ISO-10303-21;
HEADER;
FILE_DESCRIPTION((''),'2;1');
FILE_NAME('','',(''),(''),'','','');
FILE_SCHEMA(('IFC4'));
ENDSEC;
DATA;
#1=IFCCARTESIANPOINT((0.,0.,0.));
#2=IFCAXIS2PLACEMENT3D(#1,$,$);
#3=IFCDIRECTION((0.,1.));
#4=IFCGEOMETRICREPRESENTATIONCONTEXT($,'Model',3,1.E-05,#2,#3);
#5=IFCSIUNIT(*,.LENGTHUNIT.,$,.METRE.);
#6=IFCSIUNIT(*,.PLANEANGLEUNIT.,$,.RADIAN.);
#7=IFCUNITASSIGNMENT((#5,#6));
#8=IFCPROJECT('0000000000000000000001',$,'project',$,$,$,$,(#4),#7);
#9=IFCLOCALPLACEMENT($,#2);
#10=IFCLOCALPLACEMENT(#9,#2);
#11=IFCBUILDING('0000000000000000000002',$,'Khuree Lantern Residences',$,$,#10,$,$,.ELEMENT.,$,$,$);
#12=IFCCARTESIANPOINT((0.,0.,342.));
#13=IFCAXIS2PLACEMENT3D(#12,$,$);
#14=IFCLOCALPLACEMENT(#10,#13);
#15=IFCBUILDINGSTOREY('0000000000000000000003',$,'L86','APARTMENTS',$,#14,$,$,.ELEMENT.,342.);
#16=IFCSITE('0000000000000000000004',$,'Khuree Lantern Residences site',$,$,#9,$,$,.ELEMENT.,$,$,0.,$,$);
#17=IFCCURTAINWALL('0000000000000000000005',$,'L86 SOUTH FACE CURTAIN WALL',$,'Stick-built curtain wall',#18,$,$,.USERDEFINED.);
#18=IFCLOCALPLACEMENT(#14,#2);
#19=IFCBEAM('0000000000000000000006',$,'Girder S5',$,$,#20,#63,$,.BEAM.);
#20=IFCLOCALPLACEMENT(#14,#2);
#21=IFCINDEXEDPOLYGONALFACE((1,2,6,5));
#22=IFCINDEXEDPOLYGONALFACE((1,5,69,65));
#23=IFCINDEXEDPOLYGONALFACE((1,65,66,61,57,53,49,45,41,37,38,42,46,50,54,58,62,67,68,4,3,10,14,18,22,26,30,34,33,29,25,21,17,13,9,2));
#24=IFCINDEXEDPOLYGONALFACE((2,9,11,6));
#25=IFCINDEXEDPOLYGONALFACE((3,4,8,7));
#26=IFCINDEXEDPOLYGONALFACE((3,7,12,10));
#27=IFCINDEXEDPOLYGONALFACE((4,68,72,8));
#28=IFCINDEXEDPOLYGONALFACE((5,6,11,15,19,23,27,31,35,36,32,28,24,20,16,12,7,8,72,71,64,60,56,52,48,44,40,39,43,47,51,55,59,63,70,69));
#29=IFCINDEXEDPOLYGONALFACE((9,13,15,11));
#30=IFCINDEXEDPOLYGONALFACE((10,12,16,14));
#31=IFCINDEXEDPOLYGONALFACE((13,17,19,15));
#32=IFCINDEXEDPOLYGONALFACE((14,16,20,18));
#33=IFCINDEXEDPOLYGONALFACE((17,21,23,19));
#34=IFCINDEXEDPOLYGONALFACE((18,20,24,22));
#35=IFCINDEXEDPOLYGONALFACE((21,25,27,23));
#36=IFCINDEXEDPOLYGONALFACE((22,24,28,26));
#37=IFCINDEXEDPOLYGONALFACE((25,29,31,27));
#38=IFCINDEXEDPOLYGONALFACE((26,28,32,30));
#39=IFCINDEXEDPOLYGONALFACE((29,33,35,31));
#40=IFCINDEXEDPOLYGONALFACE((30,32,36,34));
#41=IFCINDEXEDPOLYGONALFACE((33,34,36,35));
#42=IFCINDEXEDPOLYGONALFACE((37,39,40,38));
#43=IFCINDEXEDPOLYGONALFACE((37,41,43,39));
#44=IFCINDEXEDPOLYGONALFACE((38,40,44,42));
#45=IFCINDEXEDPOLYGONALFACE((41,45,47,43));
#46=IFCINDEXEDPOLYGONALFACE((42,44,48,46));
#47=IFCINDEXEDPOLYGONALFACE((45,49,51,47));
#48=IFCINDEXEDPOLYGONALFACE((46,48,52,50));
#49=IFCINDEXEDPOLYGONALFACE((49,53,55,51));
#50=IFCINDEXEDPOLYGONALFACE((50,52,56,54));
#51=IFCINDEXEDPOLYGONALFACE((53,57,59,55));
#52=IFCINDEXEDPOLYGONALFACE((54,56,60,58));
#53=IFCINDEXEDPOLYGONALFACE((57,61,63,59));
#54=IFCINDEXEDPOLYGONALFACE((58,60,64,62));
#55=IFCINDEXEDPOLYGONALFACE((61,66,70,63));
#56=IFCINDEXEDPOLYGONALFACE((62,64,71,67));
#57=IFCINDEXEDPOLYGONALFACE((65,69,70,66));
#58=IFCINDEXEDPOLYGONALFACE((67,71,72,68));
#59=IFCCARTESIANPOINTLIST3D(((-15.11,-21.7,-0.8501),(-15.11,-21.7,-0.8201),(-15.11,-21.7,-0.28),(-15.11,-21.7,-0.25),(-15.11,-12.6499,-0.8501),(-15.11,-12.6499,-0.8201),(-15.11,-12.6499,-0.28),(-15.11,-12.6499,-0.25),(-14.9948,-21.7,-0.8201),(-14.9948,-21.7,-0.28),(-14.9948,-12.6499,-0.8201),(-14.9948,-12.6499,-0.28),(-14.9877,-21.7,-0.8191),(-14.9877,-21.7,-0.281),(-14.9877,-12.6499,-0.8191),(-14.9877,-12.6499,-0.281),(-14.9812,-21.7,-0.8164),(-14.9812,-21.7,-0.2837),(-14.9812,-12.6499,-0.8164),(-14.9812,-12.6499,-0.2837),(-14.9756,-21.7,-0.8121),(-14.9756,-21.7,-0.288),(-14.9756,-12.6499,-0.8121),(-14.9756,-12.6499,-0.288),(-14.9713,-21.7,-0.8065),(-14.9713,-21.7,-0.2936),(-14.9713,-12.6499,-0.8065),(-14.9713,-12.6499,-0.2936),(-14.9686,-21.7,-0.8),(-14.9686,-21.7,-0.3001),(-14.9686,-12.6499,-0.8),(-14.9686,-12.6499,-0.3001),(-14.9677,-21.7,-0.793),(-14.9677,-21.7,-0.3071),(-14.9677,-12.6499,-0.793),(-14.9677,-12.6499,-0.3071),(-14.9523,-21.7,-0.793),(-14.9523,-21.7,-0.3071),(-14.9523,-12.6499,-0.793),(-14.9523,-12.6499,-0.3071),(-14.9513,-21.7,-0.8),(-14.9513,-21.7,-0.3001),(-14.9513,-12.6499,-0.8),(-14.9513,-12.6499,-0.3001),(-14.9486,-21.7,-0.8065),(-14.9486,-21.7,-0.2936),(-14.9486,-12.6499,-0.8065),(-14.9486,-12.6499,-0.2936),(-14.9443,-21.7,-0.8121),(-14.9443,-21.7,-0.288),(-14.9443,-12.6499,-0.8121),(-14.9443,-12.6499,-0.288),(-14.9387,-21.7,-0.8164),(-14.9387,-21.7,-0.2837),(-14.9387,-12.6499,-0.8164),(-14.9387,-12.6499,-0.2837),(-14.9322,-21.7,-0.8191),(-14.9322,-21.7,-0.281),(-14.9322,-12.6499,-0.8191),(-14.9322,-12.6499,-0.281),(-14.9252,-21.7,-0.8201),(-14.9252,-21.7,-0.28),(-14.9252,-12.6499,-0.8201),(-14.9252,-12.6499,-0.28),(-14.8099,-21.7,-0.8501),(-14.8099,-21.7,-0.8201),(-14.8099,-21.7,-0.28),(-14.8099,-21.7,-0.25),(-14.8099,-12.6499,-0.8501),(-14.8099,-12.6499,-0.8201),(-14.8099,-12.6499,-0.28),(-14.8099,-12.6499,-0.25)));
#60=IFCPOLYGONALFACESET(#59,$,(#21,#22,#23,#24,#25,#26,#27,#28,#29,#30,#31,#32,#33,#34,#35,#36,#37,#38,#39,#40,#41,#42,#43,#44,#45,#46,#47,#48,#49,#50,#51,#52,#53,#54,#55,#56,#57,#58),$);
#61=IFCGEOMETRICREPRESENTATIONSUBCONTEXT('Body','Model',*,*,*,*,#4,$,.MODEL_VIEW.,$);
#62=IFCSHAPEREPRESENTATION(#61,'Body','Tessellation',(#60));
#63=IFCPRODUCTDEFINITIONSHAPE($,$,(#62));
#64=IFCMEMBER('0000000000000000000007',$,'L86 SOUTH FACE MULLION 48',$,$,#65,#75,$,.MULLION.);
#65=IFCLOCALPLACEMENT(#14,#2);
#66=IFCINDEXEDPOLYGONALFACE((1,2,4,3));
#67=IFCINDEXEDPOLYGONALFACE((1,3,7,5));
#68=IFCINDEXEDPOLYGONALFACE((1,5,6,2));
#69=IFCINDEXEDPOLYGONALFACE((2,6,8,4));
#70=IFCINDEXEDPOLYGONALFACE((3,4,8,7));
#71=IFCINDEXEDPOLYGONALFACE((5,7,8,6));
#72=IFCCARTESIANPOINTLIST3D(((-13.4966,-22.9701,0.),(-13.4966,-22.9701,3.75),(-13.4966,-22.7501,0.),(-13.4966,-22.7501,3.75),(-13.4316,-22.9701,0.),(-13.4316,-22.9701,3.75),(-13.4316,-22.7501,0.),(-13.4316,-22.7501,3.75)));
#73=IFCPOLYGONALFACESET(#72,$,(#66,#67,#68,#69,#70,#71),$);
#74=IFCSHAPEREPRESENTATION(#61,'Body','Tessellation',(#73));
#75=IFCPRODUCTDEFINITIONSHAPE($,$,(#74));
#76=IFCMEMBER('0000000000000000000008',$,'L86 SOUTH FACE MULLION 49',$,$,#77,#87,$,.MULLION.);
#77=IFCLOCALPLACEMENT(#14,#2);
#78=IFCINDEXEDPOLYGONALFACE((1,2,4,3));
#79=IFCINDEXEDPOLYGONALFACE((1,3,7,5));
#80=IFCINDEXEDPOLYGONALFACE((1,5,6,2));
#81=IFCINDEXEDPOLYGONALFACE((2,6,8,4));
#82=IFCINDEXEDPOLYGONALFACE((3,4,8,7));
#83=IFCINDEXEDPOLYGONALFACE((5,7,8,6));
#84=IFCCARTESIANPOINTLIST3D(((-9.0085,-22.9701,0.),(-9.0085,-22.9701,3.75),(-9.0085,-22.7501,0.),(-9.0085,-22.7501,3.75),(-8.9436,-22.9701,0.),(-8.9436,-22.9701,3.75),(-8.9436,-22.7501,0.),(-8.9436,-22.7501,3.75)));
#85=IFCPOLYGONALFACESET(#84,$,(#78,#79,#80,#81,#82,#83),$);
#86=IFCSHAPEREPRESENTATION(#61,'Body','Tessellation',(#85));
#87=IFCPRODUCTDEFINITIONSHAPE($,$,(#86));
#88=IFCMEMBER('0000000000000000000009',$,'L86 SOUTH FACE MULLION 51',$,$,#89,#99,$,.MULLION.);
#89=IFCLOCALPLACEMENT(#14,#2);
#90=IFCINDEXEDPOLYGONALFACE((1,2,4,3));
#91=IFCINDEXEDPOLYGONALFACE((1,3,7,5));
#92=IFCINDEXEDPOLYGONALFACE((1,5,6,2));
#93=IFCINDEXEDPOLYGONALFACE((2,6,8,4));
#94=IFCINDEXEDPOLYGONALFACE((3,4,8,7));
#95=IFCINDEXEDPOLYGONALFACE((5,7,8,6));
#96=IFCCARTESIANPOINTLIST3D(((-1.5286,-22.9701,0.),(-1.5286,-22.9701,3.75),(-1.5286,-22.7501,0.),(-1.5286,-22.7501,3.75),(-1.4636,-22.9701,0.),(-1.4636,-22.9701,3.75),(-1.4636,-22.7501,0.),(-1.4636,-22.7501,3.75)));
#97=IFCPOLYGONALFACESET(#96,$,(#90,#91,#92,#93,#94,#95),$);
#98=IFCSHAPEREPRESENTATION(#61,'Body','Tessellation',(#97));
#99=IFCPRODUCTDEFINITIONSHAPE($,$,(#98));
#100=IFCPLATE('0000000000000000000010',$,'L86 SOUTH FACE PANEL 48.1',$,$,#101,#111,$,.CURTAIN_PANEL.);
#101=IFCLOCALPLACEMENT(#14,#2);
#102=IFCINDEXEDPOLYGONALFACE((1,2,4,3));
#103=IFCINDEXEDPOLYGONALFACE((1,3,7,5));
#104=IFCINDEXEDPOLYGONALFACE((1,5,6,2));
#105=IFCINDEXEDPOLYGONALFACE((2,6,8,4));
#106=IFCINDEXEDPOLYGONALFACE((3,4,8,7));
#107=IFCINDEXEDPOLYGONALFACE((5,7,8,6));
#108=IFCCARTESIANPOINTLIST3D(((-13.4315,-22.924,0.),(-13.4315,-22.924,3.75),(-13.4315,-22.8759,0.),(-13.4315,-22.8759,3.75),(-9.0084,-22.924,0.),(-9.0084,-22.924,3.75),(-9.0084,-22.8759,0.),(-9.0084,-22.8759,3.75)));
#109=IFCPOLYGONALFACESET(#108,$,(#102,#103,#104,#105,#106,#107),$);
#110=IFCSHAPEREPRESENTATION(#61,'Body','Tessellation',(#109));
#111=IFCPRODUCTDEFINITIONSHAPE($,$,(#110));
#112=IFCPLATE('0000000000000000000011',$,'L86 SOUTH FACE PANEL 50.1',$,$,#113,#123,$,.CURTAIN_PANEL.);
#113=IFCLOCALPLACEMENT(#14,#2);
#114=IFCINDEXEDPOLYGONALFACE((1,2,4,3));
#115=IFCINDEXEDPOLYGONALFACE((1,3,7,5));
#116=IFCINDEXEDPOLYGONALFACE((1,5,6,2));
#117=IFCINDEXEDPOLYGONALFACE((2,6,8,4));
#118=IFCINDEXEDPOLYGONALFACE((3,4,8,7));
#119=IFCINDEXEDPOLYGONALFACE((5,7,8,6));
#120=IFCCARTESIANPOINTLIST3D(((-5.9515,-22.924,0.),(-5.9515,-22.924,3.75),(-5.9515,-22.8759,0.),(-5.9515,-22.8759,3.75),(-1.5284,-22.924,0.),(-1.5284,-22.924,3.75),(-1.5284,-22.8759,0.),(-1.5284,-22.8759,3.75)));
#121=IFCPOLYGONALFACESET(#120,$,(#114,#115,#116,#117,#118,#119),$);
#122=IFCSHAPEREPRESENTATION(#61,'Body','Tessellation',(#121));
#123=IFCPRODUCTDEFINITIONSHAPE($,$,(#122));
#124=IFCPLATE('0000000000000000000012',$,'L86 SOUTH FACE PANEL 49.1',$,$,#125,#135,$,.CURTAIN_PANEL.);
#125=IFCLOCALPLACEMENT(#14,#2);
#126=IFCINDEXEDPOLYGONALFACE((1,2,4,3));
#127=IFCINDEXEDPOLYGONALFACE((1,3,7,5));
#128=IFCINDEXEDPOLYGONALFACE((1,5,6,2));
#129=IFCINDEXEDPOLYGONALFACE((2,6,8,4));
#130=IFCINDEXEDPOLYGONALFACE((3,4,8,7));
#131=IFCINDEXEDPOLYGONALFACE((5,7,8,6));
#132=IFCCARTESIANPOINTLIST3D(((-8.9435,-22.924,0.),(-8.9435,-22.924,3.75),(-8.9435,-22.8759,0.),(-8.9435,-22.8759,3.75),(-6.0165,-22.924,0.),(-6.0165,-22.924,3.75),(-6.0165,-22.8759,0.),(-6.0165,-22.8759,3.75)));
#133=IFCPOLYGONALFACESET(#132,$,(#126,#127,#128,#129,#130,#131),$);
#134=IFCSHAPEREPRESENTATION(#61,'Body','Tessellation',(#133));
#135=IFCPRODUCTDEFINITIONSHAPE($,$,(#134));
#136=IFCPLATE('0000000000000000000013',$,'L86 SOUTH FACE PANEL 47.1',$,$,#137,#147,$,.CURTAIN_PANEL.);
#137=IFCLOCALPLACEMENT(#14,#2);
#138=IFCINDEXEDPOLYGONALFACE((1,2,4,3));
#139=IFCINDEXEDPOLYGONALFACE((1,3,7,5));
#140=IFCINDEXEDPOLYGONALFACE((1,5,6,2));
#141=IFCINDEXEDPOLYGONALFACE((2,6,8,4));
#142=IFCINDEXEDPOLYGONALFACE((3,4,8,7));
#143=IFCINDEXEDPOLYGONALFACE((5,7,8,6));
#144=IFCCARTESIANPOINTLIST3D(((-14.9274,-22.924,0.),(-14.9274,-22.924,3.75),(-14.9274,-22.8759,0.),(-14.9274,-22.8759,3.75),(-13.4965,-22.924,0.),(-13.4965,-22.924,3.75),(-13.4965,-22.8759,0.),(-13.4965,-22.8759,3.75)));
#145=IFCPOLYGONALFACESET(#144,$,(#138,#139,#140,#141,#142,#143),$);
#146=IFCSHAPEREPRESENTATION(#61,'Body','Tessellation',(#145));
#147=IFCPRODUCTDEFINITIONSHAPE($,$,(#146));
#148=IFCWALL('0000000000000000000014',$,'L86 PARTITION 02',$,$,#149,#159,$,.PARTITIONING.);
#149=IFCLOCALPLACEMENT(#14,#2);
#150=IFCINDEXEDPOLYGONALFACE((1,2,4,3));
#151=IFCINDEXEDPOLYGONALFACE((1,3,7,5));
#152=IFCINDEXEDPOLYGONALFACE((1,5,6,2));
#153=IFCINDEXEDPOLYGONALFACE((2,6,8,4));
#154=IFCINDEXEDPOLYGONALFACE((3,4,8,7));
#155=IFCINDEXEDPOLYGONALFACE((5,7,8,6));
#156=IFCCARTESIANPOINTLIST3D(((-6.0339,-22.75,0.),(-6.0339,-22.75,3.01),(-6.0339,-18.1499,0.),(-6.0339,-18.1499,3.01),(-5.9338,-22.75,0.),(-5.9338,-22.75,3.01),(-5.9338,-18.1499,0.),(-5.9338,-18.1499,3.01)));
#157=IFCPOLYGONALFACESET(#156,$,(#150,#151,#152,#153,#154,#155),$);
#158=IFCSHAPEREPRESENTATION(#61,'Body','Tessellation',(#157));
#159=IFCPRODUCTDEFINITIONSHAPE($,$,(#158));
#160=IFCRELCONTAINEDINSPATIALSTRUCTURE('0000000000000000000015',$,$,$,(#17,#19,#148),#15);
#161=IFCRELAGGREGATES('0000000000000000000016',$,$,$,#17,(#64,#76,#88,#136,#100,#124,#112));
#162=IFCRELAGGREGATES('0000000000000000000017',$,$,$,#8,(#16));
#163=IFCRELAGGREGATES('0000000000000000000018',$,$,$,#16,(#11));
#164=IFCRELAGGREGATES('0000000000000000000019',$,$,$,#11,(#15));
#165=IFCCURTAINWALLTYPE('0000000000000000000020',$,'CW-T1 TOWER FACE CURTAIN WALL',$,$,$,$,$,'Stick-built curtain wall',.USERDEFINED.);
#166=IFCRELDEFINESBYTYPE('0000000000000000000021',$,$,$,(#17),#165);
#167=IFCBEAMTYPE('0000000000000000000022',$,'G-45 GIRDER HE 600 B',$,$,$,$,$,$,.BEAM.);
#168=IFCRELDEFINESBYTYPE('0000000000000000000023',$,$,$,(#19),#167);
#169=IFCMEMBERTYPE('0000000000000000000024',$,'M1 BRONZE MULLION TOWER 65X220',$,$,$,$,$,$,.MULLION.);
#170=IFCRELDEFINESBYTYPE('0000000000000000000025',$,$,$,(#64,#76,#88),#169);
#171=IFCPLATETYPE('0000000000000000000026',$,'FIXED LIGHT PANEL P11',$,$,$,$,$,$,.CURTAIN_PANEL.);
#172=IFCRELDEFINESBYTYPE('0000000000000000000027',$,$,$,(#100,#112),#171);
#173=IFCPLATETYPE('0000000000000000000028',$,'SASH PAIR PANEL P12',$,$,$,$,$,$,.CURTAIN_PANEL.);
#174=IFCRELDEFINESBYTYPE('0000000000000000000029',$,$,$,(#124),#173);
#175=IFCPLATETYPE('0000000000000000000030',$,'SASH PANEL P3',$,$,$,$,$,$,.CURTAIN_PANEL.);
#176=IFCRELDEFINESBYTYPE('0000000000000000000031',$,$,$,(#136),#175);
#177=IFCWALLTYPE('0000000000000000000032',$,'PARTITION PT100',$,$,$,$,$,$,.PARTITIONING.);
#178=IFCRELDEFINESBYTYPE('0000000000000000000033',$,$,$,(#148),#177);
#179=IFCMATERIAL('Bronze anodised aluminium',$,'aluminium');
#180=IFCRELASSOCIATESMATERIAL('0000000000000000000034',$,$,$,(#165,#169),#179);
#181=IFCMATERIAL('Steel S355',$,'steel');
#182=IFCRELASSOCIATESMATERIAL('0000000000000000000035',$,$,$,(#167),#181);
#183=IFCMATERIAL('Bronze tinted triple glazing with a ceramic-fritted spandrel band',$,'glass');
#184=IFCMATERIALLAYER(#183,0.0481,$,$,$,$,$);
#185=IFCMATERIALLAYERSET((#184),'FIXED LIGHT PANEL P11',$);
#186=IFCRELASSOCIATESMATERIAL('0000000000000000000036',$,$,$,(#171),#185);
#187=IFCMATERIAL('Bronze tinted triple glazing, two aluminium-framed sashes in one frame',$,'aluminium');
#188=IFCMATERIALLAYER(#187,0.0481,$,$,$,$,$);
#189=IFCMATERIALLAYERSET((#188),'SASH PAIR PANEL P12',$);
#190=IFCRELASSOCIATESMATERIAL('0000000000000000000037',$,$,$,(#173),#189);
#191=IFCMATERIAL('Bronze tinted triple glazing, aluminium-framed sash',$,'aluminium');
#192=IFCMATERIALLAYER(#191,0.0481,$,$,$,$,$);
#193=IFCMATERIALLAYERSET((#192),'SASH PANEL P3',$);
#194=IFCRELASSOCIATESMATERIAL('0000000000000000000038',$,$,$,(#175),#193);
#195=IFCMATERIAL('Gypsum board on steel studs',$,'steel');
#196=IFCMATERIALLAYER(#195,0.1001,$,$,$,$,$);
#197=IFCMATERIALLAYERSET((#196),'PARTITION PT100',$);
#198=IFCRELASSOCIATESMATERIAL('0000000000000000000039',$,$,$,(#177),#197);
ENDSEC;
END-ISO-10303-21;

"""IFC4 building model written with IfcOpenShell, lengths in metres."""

from ifc_helpers import new_model, si_unit, direction, frame, frame_2d, origin, origin_2d, place, context, subcontext, project, spatial, rectangle, i_section, extrude, material, layer, layer_set, material_profile, profile_set, type_object, element, aggregate, save


model = new_model("IFC4")

# Units and contexts
model_context = context("Model", 3, precision=1e-05, world=origin(), true_north=direction((0.0, 1.0)))
body_context = subcontext(model_context, "Body", "Model", "MODEL_VIEW")
ifc_project = project(units=[si_unit("LENGTHUNIT", "METRE"), si_unit("PLANEANGLEUNIT", "RADIAN")], contexts=[model_context])

# Site, building, storey
site_placement = place(None, origin())
site = spatial("IfcSite", under=ifc_project, at=site_placement, Name="Khuree Lantern Residences site", CompositionType="ELEMENT", RefElevation=0.0)
building_placement = place(site_placement, origin())
building = spatial("IfcBuilding", under=site, at=building_placement, Name="Khuree Lantern Residences", CompositionType="ELEMENT")
storey_placement = place(building_placement, frame((0.0, 0.0, 342.0)))
storey = spatial("IfcBuildingStorey", under=building, at=storey_placement, Name="L86", Description="APARTMENTS", CompositionType="ELEMENT", Elevation=342.0)

# Shared definitions
ifc_material_1 = material(Name="Steel S355", Category="steel")

# Curtain wall
ifc_material_2 = material(Name="Bronze anodised aluminium", Category="aluminium")
curtain_wall_type = type_object("IfcCurtainWallType", Name="CW-T1 TOWER FACE CURTAIN WALL", ElementType="Stick-built curtain wall", PredefinedType="USERDEFINED", material=ifc_material_2)
curtain_wall_placement = place(storey_placement, origin())
curtain_wall = element("IfcCurtainWall", 1, at=curtain_wall_placement, inside=storey, type_object=curtain_wall_type, Name="L86 SOUTH FACE CURTAIN WALL", ObjectType="Stick-built curtain wall", PredefinedType="USERDEFINED")

# Beam
ifc_material_profile_1 = material_profile(ifc_material_1, i_section(OverallWidth=0.3, OverallDepth=0.6001, WebThickness=0.0154, FlangeThickness=0.03, FilletRadius=0.0271, at=origin_2d()), Name="HE 600 B")
ifc_profile_set_1 = profile_set([ifc_material_profile_1], Name="Steel S355")
beam_type_1 = type_object("IfcBeamType", Name="G-45 GIRDER HE 600 B", PredefinedType="BEAM", material=ifc_profile_set_1)
for number, where, z_axis, x_axis, name in (
    (2, (-14.96, -21.7, -0.55), (0.0, 1.0, 0.0), (-1.0, 0.0, 0.0), "Girder S5"),
):
    element("IfcBeam", number, at=place(storey_placement, frame(where, z_axis=z_axis, x_axis=x_axis)), inside=storey, type_object=beam_type_1, Name=name, PredefinedType="BEAM", context=body_context, shape_type="SweptSolid", body=[
        extrude(i_section(OverallWidth=0.3, OverallDepth=0.6001, WebThickness=0.0154, FlangeThickness=0.03, FilletRadius=0.0271, at=origin_2d()), origin(), (0.0, 0.0, 1.0), 9.05),
    ])

# Members
ifc_material_profile_2 = material_profile(ifc_material_2, rectangle(XDim=0.0649, YDim=0.22, at=origin_2d()), Name="M1 65X220")
ifc_profile_set_2 = profile_set([ifc_material_profile_2], Name="Bronze anodised aluminium")
member_type_1 = type_object("IfcMemberType", Name="M1 BRONZE MULLION TOWER 65X220", PredefinedType="MULLION", material=ifc_profile_set_2)
member_1_placement = place(storey_placement, frame((-13.4641, -22.8601, 0.0), z_axis=(0.0, 0.0, 1.0), x_axis=(1.0, 0.0, 0.0)))
member_1 = element("IfcMember", 3, at=member_1_placement, type_object=member_type_1, Name="L86 SOUTH FACE MULLION 48", PredefinedType="MULLION", context=body_context, shape_type="SweptSolid", body=[
    extrude(rectangle(XDim=0.0649, YDim=0.22, at=origin_2d()), origin(), (0.0, 0.0, 1.0), 3.75),
])
member_2_placement = place(storey_placement, frame((-8.9761, -22.8601, 0.0), z_axis=(0.0, 0.0, 1.0), x_axis=(1.0, 0.0, 0.0)))
member_2 = element("IfcMember", 4, at=member_2_placement, type_object=member_type_1, Name="L86 SOUTH FACE MULLION 49", PredefinedType="MULLION", context=body_context, shape_type="SweptSolid", body=[
    extrude(rectangle(XDim=0.0649, YDim=0.22, at=origin_2d()), origin(), (0.0, 0.0, 1.0), 3.75),
])
member_3_placement = place(storey_placement, frame((-1.4961, -22.8601, 0.0), z_axis=(0.0, 0.0, 1.0), x_axis=(1.0, 0.0, 0.0)))
member_3 = element("IfcMember", 5, at=member_3_placement, type_object=member_type_1, Name="L86 SOUTH FACE MULLION 51", PredefinedType="MULLION", context=body_context, shape_type="SweptSolid", body=[
    extrude(rectangle(XDim=0.0649, YDim=0.22, at=origin_2d()), origin(), (0.0, 0.0, 1.0), 3.75),
])

# Plates
ifc_material_3 = material(Name="Bronze tinted triple glazing with a ceramic-fritted spandrel band", Category="glass")
ifc_layer_1 = layer(ifc_material_3, 0.0481)
ifc_layer_set_1 = layer_set([ifc_layer_1], Name="FIXED LIGHT PANEL P11")
plate_type_1 = type_object("IfcPlateType", Name="FIXED LIGHT PANEL P11", PredefinedType="CURTAIN_PANEL", material=ifc_layer_set_1)
plate_1_placement = place(storey_placement, frame((-11.22, -22.8999, 0.0), z_axis=(0.0, 0.0, 1.0), x_axis=(1.0, 0.0, 0.0)))
plate_1 = element("IfcPlate", 6, at=plate_1_placement, type_object=plate_type_1, Name="L86 SOUTH FACE PANEL 48.1", PredefinedType="CURTAIN_PANEL", context=body_context, shape_type="SweptSolid", body=[
    extrude(rectangle(XDim=4.4231, YDim=0.0481, at=origin_2d()), origin(), (0.0, 0.0, 1.0), 3.75),
])
plate_2_placement = place(storey_placement, frame((-3.74, -22.8999, 0.0), z_axis=(0.0, 0.0, 1.0), x_axis=(1.0, 0.0, 0.0)))
plate_2 = element("IfcPlate", 7, at=plate_2_placement, type_object=plate_type_1, Name="L86 SOUTH FACE PANEL 50.1", PredefinedType="CURTAIN_PANEL", context=body_context, shape_type="SweptSolid", body=[
    extrude(rectangle(XDim=4.4231, YDim=0.0481, at=origin_2d()), origin(), (0.0, 0.0, 1.0), 3.75),
])
ifc_material_4 = material(Name="Bronze tinted triple glazing, two aluminium-framed sashes in one frame", Category="aluminium")
ifc_layer_2 = layer(ifc_material_4, 0.0481)
ifc_layer_set_2 = layer_set([ifc_layer_2], Name="SASH PAIR PANEL P12")
plate_type_2 = type_object("IfcPlateType", Name="SASH PAIR PANEL P12", PredefinedType="CURTAIN_PANEL", material=ifc_layer_set_2)
plate_3_placement = place(storey_placement, frame((-7.48, -22.8999, 0.0), z_axis=(0.0, 0.0, 1.0), x_axis=(1.0, 0.0, 0.0)))
plate_3 = element("IfcPlate", 8, at=plate_3_placement, type_object=plate_type_2, Name="L86 SOUTH FACE PANEL 49.1", PredefinedType="CURTAIN_PANEL", context=body_context, shape_type="SweptSolid", body=[
    extrude(rectangle(XDim=2.927, YDim=0.0481, at=origin_2d()), origin(), (0.0, 0.0, 1.0), 3.75),
])
ifc_material_5 = material(Name="Bronze tinted triple glazing, aluminium-framed sash", Category="aluminium")
ifc_layer_3 = layer(ifc_material_5, 0.0481)
ifc_layer_set_3 = layer_set([ifc_layer_3], Name="SASH PANEL P3")
plate_type_3 = type_object("IfcPlateType", Name="SASH PANEL P3", PredefinedType="CURTAIN_PANEL", material=ifc_layer_set_3)
plate_4_placement = place(storey_placement, frame((-14.2119, -22.8999, 0.0), z_axis=(0.0, 0.0, 1.0), x_axis=(1.0, 0.0, 0.0)))
plate_4 = element("IfcPlate", 9, at=plate_4_placement, type_object=plate_type_3, Name="L86 SOUTH FACE PANEL 47.1", PredefinedType="CURTAIN_PANEL", context=body_context, shape_type="SweptSolid", body=[
    extrude(rectangle(XDim=1.4309, YDim=0.0481, at=origin_2d()), origin(), (0.0, 0.0, 1.0), 3.75),
])
aggregate(curtain_wall, [member_1, member_2, member_3, plate_4, plate_1, plate_3, plate_2])

# Wall
ifc_material_6 = material(Name="Gypsum board on steel studs", Category="steel")
ifc_layer_4 = layer(ifc_material_6, 0.1001)
ifc_layer_set_4 = layer_set([ifc_layer_4], Name="PARTITION PT100")
wall_type = type_object("IfcWallType", Name="PARTITION PT100", PredefinedType="PARTITIONING", material=ifc_layer_set_4)
wall_1_placement = place(storey_placement, frame((-5.9839, -18.1499, 0.0), z_axis=(0.0, 0.0, 1.0), x_axis=(0.0, -1.0, 0.0)))
element("IfcWall", 10, at=wall_1_placement, inside=storey, type_object=wall_type, Name="L86 PARTITION 02", PredefinedType="PARTITIONING", context=body_context, shape_type="SweptSolid", body=[
    extrude(rectangle(XDim=4.6001, YDim=0.1001, at=frame_2d((2.3, 0.0))), origin(), (0.0, 0.0, 1.0), 3.01),
])

save(model, "model.ifc")
